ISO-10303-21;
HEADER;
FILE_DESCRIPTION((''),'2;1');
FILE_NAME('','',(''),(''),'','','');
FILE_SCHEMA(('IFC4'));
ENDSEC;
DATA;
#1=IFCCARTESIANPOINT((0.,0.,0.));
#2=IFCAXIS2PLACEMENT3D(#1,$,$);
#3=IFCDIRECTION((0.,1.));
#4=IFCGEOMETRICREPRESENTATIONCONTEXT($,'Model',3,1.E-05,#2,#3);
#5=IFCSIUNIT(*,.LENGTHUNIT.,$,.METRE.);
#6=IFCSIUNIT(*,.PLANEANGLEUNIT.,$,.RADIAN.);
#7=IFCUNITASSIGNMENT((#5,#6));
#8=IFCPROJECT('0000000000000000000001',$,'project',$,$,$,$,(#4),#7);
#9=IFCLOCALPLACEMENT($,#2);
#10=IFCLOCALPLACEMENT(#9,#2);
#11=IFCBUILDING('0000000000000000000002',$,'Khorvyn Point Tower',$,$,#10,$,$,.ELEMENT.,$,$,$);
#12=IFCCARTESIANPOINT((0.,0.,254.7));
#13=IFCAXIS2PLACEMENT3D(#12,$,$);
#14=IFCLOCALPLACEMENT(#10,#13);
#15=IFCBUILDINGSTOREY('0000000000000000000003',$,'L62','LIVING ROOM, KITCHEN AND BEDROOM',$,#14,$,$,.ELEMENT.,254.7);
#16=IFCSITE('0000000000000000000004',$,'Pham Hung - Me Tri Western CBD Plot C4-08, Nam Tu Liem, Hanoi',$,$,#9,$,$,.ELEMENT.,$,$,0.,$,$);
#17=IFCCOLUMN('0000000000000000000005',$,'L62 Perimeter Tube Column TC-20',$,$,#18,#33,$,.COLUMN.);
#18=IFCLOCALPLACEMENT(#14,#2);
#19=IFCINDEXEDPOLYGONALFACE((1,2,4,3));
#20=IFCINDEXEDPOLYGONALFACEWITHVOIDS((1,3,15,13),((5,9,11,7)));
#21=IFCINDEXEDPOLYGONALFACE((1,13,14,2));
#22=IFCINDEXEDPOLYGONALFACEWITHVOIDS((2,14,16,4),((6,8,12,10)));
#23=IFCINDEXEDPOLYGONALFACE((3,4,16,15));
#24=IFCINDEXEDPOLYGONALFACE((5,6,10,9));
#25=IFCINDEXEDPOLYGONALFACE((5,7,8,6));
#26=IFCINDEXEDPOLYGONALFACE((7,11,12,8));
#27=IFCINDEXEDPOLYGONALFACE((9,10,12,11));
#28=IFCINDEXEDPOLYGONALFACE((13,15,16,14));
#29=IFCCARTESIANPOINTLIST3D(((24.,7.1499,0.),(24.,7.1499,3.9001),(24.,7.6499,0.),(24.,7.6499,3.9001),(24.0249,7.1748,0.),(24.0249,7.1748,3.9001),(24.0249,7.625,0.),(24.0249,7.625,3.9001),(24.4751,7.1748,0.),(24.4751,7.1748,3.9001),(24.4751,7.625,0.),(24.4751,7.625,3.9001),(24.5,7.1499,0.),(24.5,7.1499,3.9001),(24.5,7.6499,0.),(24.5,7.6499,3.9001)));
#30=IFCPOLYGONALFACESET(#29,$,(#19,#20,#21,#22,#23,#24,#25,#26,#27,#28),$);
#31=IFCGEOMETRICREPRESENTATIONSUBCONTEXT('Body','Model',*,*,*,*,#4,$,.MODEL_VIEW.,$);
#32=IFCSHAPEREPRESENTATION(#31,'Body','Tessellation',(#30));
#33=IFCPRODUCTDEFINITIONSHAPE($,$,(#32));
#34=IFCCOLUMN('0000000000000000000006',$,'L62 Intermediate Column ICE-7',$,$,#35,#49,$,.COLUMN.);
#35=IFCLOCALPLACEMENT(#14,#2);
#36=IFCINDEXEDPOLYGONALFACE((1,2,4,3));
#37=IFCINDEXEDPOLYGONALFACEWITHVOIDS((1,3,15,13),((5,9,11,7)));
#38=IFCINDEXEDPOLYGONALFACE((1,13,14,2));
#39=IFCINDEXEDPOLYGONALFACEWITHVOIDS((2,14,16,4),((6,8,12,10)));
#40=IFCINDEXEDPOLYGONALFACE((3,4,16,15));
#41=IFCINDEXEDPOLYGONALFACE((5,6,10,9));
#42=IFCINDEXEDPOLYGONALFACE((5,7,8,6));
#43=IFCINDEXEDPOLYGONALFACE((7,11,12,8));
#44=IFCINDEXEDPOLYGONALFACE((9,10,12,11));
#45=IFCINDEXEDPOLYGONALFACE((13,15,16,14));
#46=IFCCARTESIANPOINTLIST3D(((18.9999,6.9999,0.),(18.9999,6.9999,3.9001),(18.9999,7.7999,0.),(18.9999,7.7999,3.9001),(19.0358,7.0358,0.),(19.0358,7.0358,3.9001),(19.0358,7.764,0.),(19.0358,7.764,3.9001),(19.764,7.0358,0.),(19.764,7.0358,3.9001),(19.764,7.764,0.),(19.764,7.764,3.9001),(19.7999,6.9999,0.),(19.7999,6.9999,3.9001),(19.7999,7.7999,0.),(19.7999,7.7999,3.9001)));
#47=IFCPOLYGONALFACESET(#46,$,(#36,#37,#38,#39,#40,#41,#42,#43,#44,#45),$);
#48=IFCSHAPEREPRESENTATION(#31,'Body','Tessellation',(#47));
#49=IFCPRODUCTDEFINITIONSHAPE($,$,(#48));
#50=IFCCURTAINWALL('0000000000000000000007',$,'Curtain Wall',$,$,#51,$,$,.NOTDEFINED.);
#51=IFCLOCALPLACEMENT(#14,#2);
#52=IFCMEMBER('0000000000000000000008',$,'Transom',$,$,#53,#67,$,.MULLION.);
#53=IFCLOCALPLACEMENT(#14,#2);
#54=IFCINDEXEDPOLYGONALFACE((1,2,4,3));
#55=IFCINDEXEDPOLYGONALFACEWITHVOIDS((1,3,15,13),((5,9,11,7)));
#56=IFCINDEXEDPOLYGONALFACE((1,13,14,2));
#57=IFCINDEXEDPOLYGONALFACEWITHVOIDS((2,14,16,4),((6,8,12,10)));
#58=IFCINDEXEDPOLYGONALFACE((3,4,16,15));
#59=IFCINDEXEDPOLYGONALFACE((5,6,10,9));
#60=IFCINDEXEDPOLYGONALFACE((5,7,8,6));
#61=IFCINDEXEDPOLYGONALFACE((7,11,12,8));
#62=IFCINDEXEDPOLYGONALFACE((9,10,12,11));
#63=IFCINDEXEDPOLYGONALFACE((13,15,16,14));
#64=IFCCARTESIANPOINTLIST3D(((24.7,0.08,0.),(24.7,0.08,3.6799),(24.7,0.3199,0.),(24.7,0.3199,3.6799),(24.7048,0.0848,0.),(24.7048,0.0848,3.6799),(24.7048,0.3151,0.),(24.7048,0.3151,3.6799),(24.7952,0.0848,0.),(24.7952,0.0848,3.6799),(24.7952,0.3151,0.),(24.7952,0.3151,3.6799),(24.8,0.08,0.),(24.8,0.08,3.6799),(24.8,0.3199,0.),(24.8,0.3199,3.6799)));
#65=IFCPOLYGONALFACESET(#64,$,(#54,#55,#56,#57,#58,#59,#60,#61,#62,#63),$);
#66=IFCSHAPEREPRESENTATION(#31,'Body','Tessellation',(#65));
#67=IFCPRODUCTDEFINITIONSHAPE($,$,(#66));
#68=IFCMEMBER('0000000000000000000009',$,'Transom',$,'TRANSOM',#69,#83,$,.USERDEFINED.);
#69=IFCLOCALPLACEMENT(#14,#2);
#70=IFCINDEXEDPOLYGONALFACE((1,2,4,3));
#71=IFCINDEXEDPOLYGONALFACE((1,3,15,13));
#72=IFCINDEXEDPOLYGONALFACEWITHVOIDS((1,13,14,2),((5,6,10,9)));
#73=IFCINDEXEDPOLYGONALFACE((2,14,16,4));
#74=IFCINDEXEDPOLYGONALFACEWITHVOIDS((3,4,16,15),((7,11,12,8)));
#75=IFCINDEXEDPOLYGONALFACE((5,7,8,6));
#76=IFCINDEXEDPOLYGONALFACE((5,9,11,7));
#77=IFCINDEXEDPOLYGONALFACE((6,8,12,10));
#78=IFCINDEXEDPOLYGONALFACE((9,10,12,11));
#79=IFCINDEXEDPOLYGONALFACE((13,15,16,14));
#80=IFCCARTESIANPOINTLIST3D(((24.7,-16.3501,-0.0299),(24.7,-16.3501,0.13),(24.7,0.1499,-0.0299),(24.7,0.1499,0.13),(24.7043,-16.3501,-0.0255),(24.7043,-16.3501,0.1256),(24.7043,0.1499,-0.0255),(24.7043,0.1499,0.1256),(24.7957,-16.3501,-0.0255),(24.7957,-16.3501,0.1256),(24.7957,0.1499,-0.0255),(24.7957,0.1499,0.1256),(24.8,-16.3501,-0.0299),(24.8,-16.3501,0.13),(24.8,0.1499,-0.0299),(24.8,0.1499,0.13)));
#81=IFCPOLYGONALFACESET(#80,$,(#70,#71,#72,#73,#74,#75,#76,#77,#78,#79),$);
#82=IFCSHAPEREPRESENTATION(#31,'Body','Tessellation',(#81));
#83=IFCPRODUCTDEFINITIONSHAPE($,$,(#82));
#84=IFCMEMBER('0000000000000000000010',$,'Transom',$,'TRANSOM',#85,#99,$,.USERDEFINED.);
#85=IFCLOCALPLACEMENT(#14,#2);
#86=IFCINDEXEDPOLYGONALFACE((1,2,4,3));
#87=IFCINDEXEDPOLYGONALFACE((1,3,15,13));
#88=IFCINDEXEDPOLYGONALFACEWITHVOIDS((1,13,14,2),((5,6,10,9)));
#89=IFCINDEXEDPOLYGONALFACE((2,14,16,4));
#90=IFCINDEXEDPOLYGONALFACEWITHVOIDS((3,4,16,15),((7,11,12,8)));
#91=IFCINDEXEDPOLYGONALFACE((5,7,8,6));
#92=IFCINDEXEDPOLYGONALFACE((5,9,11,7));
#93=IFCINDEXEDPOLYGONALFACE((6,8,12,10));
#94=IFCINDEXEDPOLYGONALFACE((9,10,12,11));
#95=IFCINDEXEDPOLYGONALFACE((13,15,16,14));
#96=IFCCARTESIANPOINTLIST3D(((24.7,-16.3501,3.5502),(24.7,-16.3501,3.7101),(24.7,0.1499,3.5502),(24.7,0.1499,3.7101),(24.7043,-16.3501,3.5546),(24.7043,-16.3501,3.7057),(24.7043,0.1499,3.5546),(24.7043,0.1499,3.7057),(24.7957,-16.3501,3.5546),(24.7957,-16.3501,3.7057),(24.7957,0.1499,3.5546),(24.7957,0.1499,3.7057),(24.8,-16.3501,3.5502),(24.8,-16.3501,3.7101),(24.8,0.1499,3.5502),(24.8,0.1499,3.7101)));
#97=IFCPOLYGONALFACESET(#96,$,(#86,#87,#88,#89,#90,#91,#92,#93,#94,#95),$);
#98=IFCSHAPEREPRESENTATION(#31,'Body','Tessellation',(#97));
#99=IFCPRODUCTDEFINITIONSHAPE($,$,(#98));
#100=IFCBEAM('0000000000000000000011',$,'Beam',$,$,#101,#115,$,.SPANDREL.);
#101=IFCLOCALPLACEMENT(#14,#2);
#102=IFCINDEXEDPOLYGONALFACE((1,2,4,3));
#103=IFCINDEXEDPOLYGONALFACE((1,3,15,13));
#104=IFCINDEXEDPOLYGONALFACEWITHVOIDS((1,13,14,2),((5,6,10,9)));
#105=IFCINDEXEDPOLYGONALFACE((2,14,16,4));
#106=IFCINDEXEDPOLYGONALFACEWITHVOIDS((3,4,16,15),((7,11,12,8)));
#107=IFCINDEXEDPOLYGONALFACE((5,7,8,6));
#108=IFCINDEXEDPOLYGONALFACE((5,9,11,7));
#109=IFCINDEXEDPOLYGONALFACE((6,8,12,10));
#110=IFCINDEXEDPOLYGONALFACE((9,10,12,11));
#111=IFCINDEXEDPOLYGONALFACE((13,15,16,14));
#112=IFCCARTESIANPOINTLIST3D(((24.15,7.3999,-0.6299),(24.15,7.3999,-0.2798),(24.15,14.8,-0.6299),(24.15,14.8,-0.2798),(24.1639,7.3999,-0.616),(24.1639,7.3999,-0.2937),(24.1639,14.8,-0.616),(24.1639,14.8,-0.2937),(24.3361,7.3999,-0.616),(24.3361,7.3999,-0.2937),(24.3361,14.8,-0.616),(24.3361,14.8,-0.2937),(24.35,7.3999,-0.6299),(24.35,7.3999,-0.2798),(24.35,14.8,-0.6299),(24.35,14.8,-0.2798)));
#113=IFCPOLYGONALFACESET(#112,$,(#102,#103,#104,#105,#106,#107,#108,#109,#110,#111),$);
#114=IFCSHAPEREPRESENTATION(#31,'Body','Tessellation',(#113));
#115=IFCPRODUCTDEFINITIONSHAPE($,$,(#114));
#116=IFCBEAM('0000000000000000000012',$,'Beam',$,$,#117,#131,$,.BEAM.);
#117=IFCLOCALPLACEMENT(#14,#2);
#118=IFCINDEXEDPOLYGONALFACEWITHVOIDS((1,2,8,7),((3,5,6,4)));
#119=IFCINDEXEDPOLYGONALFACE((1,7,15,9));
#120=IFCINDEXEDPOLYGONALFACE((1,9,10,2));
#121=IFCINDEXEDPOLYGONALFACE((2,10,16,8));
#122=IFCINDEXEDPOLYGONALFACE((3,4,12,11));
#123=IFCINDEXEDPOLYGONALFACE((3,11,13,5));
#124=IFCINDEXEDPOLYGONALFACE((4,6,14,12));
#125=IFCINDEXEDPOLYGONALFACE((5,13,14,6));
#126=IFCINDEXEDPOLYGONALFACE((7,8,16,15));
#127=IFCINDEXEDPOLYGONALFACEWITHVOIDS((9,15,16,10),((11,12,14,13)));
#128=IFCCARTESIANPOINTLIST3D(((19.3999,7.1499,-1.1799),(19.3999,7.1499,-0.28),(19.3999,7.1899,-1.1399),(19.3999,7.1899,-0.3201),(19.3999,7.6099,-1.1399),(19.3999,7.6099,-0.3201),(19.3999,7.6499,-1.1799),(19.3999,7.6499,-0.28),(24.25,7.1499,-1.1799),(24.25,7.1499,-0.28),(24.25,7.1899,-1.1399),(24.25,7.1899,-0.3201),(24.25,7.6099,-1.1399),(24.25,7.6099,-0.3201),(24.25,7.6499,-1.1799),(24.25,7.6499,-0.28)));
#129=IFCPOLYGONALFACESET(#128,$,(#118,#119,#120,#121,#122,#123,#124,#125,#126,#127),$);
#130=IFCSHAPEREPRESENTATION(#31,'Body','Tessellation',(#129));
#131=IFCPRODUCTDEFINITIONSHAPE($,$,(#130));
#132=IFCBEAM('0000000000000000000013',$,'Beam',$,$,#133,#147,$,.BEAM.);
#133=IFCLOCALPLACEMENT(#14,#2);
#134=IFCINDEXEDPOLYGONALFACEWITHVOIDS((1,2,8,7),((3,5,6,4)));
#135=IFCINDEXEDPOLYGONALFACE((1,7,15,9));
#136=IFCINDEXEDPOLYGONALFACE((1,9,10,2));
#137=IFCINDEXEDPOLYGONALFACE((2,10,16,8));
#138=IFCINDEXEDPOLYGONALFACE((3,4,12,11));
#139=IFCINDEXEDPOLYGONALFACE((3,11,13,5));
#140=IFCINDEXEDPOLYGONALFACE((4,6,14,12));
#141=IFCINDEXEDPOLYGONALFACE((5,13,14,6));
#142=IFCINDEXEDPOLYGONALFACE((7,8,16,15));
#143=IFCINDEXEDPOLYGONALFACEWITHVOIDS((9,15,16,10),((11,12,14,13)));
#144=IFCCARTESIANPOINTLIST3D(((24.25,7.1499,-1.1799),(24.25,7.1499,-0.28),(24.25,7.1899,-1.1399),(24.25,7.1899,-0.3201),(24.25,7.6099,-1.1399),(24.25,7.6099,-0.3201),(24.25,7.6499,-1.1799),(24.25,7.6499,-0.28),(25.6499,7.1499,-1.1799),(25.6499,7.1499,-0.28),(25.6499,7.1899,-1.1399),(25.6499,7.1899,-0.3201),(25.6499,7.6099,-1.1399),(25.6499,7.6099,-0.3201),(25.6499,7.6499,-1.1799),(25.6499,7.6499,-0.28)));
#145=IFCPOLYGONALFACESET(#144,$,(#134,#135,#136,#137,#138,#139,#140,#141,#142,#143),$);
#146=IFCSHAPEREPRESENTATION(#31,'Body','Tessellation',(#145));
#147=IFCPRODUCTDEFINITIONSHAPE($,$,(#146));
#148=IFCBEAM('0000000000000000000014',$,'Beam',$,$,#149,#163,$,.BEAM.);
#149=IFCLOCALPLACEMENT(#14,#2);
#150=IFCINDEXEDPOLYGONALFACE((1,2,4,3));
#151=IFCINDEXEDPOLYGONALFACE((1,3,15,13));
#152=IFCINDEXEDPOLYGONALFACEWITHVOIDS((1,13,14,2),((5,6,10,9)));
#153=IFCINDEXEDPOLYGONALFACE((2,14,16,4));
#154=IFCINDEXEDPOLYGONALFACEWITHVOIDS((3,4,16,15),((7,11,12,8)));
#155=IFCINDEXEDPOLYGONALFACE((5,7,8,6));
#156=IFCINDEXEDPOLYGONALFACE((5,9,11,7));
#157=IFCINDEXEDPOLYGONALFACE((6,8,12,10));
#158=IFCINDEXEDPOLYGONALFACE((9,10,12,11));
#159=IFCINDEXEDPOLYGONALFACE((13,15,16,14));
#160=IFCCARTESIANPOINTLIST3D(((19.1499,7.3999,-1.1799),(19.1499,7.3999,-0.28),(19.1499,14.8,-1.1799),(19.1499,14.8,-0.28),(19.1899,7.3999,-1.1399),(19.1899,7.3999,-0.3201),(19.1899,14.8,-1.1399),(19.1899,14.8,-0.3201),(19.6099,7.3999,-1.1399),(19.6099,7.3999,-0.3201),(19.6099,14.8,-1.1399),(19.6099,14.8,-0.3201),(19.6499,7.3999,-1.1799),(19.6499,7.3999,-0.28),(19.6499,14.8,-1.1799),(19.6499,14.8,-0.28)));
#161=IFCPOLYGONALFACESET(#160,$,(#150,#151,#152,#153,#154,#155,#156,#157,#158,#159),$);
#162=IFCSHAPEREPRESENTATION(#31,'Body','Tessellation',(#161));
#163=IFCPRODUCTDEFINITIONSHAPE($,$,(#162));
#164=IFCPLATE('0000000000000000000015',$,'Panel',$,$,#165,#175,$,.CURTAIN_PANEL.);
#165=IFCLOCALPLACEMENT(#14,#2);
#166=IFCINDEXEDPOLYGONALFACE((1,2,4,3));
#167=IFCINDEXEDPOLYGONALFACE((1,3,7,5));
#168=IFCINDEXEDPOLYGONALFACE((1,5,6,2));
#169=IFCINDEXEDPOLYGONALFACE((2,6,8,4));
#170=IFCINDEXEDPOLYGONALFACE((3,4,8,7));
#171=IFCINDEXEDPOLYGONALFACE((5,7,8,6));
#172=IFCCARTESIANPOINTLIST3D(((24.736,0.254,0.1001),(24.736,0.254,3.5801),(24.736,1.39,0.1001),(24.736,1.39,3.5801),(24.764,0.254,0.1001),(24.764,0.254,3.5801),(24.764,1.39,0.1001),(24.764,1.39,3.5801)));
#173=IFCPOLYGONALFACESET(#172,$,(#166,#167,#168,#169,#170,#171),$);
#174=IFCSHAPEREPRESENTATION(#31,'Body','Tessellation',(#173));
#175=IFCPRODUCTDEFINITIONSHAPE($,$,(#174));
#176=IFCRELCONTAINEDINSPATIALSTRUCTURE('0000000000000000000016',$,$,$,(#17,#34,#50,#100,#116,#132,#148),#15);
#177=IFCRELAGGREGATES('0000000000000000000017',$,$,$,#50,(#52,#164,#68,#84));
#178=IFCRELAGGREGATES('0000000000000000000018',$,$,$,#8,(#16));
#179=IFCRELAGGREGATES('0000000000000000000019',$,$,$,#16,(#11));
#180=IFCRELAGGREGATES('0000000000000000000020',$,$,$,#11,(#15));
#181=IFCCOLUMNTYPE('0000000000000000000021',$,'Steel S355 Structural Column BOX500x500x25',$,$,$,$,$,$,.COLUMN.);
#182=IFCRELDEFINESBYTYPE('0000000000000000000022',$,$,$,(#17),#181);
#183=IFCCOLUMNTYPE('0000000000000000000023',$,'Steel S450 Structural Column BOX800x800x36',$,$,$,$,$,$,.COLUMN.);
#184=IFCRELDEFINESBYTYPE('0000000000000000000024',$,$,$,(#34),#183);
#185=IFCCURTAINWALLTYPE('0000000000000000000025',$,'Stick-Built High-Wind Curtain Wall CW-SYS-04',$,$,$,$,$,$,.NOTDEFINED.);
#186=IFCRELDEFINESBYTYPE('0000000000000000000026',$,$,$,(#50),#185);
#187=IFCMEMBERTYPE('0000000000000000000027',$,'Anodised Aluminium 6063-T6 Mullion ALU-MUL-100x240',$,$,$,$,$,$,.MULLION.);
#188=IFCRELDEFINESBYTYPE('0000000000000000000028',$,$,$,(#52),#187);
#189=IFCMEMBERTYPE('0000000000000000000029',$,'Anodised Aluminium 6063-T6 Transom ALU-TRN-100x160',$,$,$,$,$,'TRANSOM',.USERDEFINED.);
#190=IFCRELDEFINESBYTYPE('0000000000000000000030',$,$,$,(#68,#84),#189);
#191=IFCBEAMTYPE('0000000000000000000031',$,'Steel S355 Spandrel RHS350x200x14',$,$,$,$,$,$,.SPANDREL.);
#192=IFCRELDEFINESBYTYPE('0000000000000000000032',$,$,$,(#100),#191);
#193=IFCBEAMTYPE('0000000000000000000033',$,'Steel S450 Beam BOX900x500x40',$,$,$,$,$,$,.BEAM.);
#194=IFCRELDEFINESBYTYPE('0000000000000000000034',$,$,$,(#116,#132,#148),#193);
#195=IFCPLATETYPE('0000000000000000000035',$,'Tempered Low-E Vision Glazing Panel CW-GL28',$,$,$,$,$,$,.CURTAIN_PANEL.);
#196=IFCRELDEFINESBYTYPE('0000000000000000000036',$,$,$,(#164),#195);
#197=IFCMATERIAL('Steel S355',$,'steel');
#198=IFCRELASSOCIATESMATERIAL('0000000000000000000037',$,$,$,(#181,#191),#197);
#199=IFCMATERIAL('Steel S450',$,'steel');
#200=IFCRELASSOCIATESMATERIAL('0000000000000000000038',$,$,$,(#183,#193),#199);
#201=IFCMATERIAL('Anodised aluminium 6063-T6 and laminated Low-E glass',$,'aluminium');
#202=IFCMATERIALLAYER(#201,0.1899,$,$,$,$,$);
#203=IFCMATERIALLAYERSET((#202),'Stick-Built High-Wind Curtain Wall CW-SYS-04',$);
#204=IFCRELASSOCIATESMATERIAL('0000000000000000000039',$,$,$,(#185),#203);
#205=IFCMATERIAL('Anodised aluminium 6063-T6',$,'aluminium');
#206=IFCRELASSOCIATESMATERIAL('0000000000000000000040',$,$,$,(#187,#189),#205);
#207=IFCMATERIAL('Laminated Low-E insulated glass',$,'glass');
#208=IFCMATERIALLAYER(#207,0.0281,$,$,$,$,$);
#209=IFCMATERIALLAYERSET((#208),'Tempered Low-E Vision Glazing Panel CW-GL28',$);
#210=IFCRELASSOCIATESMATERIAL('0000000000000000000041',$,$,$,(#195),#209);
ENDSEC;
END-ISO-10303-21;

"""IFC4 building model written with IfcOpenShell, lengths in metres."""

from ifc_helpers import new_model, si_unit, direction, frame, origin, origin_2d, place, context, subcontext, project, spatial, rectangle, hollow_rectangle, extrude, material, layer, layer_set, material_profile, profile_set, type_object, element, aggregate, save


model = new_model("IFC4")

# Units and contexts
model_context = context("Model", 3, precision=1e-05, world=origin(), true_north=direction((0.0, 1.0)))
body_context = subcontext(model_context, "Body", "Model", "MODEL_VIEW")
ifc_project = project(units=[si_unit("LENGTHUNIT", "METRE"), si_unit("PLANEANGLEUNIT", "RADIAN")], contexts=[model_context])

# Site, building, storey
site_placement = place(None, origin())
site = spatial("IfcSite", under=ifc_project, at=site_placement, Name="Pham Hung - Me Tri Western CBD Plot C4-08, Nam Tu Liem, Hanoi", CompositionType="ELEMENT", RefElevation=0.0)
building_placement = place(site_placement, origin())
building = spatial("IfcBuilding", under=site, at=building_placement, Name="Khorvyn Point Tower", CompositionType="ELEMENT")
storey_placement = place(building_placement, frame((0.0, 0.0, 254.7)))
storey = spatial("IfcBuildingStorey", under=building, at=storey_placement, Name="L62", Description="LIVING ROOM, KITCHEN AND BEDROOM", CompositionType="ELEMENT", Elevation=254.7)

# Columns
ifc_material_1 = material(Name="Steel S355", Category="steel")
ifc_material_profile_1 = material_profile(ifc_material_1, hollow_rectangle(XDim=0.5, YDim=0.5, WallThickness=0.0249, at=origin_2d()))
ifc_profile_set_1 = profile_set([ifc_material_profile_1], Name="Steel S355 BOX500x500x25")
column_type_1 = type_object("IfcColumnType", Name="Steel S355 Structural Column BOX500x500x25", PredefinedType="COLUMN", material=ifc_profile_set_1)
column_1_placement = place(storey_placement, frame((24.25, 7.3999, 0.0), z_axis=(0.0, 0.0, 1.0), x_axis=(1.0, 0.0, 0.0)))
element("IfcColumn", 1, at=column_1_placement, inside=storey, type_object=column_type_1, Name="L62 Perimeter Tube Column TC-20", PredefinedType="COLUMN", context=body_context, shape_type="SweptSolid", body=[
    extrude(hollow_rectangle(XDim=0.5, YDim=0.5, WallThickness=0.0249, at=origin_2d()), origin(), (0.0, 0.0, 1.0), 3.9001),
])
ifc_material_2 = material(Name="Steel S450", Category="steel")
ifc_material_profile_2 = material_profile(ifc_material_2, hollow_rectangle(XDim=0.8, YDim=0.8, WallThickness=0.0359, at=origin_2d()))
ifc_profile_set_2 = profile_set([ifc_material_profile_2], Name="Steel S450 BOX800x800x36")
column_type_2 = type_object("IfcColumnType", Name="Steel S450 Structural Column BOX800x800x36", PredefinedType="COLUMN", material=ifc_profile_set_2)
column_2_placement = place(storey_placement, frame((19.3999, 7.3999, 0.0), z_axis=(0.0, 0.0, 1.0), x_axis=(1.0, 0.0, 0.0)))
element("IfcColumn", 2, at=column_2_placement, inside=storey, type_object=column_type_2, Name="L62 Intermediate Column ICE-7", PredefinedType="COLUMN", context=body_context, shape_type="SweptSolid", body=[
    extrude(hollow_rectangle(XDim=0.8, YDim=0.8, WallThickness=0.0359, at=origin_2d()), origin(), (0.0, 0.0, 1.0), 3.9001),
])

# Curtain wall, members
ifc_material_3 = material(Name="Anodised aluminium 6063-T6 and laminated Low-E glass", Category="aluminium")
ifc_layer_1 = layer(ifc_material_3, 0.1899)
ifc_layer_set_1 = layer_set([ifc_layer_1], Name="Stick-Built High-Wind Curtain Wall CW-SYS-04")
curtain_wall_type = type_object("IfcCurtainWallType", Name="Stick-Built High-Wind Curtain Wall CW-SYS-04", PredefinedType="NOTDEFINED", material=ifc_layer_set_1)
curtain_wall_placement = place(storey_placement, origin())
curtain_wall = element("IfcCurtainWall", 3, at=curtain_wall_placement, inside=storey, type_object=curtain_wall_type, Name="Curtain Wall", PredefinedType="NOTDEFINED")
ifc_material_4 = material(Name="Anodised aluminium 6063-T6", Category="aluminium")
ifc_material_profile_3 = material_profile(ifc_material_4, hollow_rectangle(XDim=0.1001, YDim=0.24, WallThickness=0.0049, at=origin_2d()))
ifc_profile_set_3 = profile_set([ifc_material_profile_3], Name="Anodised aluminium 6063-T6 ALU-MUL-100x240")
member_type_1 = type_object("IfcMemberType", Name="Anodised Aluminium 6063-T6 Mullion ALU-MUL-100x240", PredefinedType="MULLION", material=ifc_profile_set_3)
member_1_placement = place(storey_placement, frame((24.75, 0.2, 0.0), z_axis=(0.0, 0.0, 1.0), x_axis=(1.0, 0.0, 0.0)))
member_1 = element("IfcMember", 4, at=member_1_placement, type_object=member_type_1, Name="Transom", PredefinedType="MULLION", context=body_context, shape_type="SweptSolid", body=[
    extrude(hollow_rectangle(XDim=0.1001, YDim=0.24, WallThickness=0.0049, at=origin_2d()), origin(), (0.0, 0.0, 1.0), 3.6799),
])
ifc_material_profile_4 = material_profile(ifc_material_4, hollow_rectangle(XDim=0.1001, YDim=0.1599, WallThickness=0.0044, at=origin_2d()))
ifc_profile_set_4 = profile_set([ifc_material_profile_4], Name="Anodised aluminium 6063-T6 ALU-TRN-100x160")
member_type_2 = type_object("IfcMemberType", Name="Anodised Aluminium 6063-T6 Transom ALU-TRN-100x160", ElementType="TRANSOM", PredefinedType="USERDEFINED", material=ifc_profile_set_4)
member_2_placement = place(storey_placement, frame((24.75, 0.1499, 0.05), z_axis=(0.0, -1.0, 0.0), x_axis=(1.0, 0.0, 0.0)))
member_2 = element("IfcMember", 5, at=member_2_placement, type_object=member_type_2, Name="Transom", ObjectType="TRANSOM", PredefinedType="USERDEFINED", context=body_context, shape_type="SweptSolid", body=[
    extrude(hollow_rectangle(XDim=0.1001, YDim=0.1599, WallThickness=0.0044, at=origin_2d()), origin(), (0.0, 0.0, 1.0), 16.5),
])
member_3_placement = place(storey_placement, frame((24.75, 0.1499, 3.6301), z_axis=(0.0, -1.0, 0.0), x_axis=(1.0, 0.0, 0.0)))
member_3 = element("IfcMember", 6, at=member_3_placement, type_object=member_type_2, Name="Transom", ObjectType="TRANSOM", PredefinedType="USERDEFINED", context=body_context, shape_type="SweptSolid", body=[
    extrude(hollow_rectangle(XDim=0.1001, YDim=0.1599, WallThickness=0.0044, at=origin_2d()), origin(), (0.0, 0.0, 1.0), 16.5),
])

# Beams
ifc_material_profile_5 = material_profile(ifc_material_1, hollow_rectangle(XDim=0.2, YDim=0.3501, WallThickness=0.0139, at=origin_2d()))
ifc_profile_set_5 = profile_set([ifc_material_profile_5], Name="Steel S355 RHS350x200x14")
beam_type_1 = type_object("IfcBeamType", Name="Steel S355 Spandrel RHS350x200x14", PredefinedType="SPANDREL", material=ifc_profile_set_5)
beam_1_placement = place(storey_placement, frame((24.25, 7.3999, -0.4548), z_axis=(0.0, 1.0, 0.0), x_axis=(-1.0, 0.0, 0.0)))
element("IfcBeam", 7, at=beam_1_placement, inside=storey, type_object=beam_type_1, Name="Beam", PredefinedType="SPANDREL", context=body_context, shape_type="SweptSolid", body=[
    extrude(hollow_rectangle(XDim=0.2, YDim=0.3501, WallThickness=0.0139, at=origin_2d()), origin(), (0.0, 0.0, 1.0), 7.4001),
])
ifc_material_profile_6 = material_profile(ifc_material_2, hollow_rectangle(XDim=0.5, YDim=0.8999, WallThickness=0.04, at=origin_2d()))
ifc_profile_set_6 = profile_set([ifc_material_profile_6], Name="Steel S450 BOX900x500x40")
beam_type_2 = type_object("IfcBeamType", Name="Steel S450 Beam BOX900x500x40", PredefinedType="BEAM", material=ifc_profile_set_6)
beam_2_placement = place(storey_placement, frame((19.3999, 7.3999, -0.73), z_axis=(1.0, 0.0, 0.0), x_axis=(0.0, 1.0, 0.0)))
element("IfcBeam", 8, at=beam_2_placement, inside=storey, type_object=beam_type_2, Name="Beam", PredefinedType="BEAM", context=body_context, shape_type="SweptSolid", body=[
    extrude(hollow_rectangle(XDim=0.5, YDim=0.8999, WallThickness=0.04, at=origin_2d()), origin(), (0.0, 0.0, 1.0), 4.8501),
])
beam_3_placement = place(storey_placement, frame((24.25, 7.3999, -0.73), z_axis=(1.0, 0.0, 0.0), x_axis=(0.0, 1.0, 0.0)))
element("IfcBeam", 9, at=beam_3_placement, inside=storey, type_object=beam_type_2, Name="Beam", PredefinedType="BEAM", context=body_context, shape_type="SweptSolid", body=[
    extrude(hollow_rectangle(XDim=0.5, YDim=0.8999, WallThickness=0.04, at=origin_2d()), origin(), (0.0, 0.0, 1.0), 1.3999),
])
beam_4_placement = place(storey_placement, frame((19.3999, 7.3999, -0.73), z_axis=(0.0, 1.0, 0.0), x_axis=(-1.0, 0.0, 0.0)))
element("IfcBeam", 10, at=beam_4_placement, inside=storey, type_object=beam_type_2, Name="Beam", PredefinedType="BEAM", context=body_context, shape_type="SweptSolid", body=[
    extrude(hollow_rectangle(XDim=0.5, YDim=0.8999, WallThickness=0.04, at=origin_2d()), origin(), (0.0, 0.0, 1.0), 7.4001),
])

# Plate
ifc_material_5 = material(Name="Laminated Low-E insulated glass", Category="glass")
ifc_layer_2 = layer(ifc_material_5, 0.0281)
ifc_layer_set_2 = layer_set([ifc_layer_2], Name="Tempered Low-E Vision Glazing Panel CW-GL28")
plate_type = type_object("IfcPlateType", Name="Tempered Low-E Vision Glazing Panel CW-GL28", PredefinedType="CURTAIN_PANEL", material=ifc_layer_set_2)
plate_1_placement = place(storey_placement, frame((24.75, 0.822, 0.1001), z_axis=(0.0, 0.0, 1.0), x_axis=(0.0, -1.0, 0.0)))
plate_1 = element("IfcPlate", 11, at=plate_1_placement, type_object=plate_type, Name="Panel", PredefinedType="CURTAIN_PANEL", context=body_context, shape_type="SweptSolid", body=[
    extrude(rectangle(XDim=1.136, YDim=0.0281, at=origin_2d()), origin(), (0.0, 0.0, 1.0), 3.48),
])
aggregate(curtain_wall, [member_1, plate_1, member_2, member_3])

save(model, "model.ifc")
